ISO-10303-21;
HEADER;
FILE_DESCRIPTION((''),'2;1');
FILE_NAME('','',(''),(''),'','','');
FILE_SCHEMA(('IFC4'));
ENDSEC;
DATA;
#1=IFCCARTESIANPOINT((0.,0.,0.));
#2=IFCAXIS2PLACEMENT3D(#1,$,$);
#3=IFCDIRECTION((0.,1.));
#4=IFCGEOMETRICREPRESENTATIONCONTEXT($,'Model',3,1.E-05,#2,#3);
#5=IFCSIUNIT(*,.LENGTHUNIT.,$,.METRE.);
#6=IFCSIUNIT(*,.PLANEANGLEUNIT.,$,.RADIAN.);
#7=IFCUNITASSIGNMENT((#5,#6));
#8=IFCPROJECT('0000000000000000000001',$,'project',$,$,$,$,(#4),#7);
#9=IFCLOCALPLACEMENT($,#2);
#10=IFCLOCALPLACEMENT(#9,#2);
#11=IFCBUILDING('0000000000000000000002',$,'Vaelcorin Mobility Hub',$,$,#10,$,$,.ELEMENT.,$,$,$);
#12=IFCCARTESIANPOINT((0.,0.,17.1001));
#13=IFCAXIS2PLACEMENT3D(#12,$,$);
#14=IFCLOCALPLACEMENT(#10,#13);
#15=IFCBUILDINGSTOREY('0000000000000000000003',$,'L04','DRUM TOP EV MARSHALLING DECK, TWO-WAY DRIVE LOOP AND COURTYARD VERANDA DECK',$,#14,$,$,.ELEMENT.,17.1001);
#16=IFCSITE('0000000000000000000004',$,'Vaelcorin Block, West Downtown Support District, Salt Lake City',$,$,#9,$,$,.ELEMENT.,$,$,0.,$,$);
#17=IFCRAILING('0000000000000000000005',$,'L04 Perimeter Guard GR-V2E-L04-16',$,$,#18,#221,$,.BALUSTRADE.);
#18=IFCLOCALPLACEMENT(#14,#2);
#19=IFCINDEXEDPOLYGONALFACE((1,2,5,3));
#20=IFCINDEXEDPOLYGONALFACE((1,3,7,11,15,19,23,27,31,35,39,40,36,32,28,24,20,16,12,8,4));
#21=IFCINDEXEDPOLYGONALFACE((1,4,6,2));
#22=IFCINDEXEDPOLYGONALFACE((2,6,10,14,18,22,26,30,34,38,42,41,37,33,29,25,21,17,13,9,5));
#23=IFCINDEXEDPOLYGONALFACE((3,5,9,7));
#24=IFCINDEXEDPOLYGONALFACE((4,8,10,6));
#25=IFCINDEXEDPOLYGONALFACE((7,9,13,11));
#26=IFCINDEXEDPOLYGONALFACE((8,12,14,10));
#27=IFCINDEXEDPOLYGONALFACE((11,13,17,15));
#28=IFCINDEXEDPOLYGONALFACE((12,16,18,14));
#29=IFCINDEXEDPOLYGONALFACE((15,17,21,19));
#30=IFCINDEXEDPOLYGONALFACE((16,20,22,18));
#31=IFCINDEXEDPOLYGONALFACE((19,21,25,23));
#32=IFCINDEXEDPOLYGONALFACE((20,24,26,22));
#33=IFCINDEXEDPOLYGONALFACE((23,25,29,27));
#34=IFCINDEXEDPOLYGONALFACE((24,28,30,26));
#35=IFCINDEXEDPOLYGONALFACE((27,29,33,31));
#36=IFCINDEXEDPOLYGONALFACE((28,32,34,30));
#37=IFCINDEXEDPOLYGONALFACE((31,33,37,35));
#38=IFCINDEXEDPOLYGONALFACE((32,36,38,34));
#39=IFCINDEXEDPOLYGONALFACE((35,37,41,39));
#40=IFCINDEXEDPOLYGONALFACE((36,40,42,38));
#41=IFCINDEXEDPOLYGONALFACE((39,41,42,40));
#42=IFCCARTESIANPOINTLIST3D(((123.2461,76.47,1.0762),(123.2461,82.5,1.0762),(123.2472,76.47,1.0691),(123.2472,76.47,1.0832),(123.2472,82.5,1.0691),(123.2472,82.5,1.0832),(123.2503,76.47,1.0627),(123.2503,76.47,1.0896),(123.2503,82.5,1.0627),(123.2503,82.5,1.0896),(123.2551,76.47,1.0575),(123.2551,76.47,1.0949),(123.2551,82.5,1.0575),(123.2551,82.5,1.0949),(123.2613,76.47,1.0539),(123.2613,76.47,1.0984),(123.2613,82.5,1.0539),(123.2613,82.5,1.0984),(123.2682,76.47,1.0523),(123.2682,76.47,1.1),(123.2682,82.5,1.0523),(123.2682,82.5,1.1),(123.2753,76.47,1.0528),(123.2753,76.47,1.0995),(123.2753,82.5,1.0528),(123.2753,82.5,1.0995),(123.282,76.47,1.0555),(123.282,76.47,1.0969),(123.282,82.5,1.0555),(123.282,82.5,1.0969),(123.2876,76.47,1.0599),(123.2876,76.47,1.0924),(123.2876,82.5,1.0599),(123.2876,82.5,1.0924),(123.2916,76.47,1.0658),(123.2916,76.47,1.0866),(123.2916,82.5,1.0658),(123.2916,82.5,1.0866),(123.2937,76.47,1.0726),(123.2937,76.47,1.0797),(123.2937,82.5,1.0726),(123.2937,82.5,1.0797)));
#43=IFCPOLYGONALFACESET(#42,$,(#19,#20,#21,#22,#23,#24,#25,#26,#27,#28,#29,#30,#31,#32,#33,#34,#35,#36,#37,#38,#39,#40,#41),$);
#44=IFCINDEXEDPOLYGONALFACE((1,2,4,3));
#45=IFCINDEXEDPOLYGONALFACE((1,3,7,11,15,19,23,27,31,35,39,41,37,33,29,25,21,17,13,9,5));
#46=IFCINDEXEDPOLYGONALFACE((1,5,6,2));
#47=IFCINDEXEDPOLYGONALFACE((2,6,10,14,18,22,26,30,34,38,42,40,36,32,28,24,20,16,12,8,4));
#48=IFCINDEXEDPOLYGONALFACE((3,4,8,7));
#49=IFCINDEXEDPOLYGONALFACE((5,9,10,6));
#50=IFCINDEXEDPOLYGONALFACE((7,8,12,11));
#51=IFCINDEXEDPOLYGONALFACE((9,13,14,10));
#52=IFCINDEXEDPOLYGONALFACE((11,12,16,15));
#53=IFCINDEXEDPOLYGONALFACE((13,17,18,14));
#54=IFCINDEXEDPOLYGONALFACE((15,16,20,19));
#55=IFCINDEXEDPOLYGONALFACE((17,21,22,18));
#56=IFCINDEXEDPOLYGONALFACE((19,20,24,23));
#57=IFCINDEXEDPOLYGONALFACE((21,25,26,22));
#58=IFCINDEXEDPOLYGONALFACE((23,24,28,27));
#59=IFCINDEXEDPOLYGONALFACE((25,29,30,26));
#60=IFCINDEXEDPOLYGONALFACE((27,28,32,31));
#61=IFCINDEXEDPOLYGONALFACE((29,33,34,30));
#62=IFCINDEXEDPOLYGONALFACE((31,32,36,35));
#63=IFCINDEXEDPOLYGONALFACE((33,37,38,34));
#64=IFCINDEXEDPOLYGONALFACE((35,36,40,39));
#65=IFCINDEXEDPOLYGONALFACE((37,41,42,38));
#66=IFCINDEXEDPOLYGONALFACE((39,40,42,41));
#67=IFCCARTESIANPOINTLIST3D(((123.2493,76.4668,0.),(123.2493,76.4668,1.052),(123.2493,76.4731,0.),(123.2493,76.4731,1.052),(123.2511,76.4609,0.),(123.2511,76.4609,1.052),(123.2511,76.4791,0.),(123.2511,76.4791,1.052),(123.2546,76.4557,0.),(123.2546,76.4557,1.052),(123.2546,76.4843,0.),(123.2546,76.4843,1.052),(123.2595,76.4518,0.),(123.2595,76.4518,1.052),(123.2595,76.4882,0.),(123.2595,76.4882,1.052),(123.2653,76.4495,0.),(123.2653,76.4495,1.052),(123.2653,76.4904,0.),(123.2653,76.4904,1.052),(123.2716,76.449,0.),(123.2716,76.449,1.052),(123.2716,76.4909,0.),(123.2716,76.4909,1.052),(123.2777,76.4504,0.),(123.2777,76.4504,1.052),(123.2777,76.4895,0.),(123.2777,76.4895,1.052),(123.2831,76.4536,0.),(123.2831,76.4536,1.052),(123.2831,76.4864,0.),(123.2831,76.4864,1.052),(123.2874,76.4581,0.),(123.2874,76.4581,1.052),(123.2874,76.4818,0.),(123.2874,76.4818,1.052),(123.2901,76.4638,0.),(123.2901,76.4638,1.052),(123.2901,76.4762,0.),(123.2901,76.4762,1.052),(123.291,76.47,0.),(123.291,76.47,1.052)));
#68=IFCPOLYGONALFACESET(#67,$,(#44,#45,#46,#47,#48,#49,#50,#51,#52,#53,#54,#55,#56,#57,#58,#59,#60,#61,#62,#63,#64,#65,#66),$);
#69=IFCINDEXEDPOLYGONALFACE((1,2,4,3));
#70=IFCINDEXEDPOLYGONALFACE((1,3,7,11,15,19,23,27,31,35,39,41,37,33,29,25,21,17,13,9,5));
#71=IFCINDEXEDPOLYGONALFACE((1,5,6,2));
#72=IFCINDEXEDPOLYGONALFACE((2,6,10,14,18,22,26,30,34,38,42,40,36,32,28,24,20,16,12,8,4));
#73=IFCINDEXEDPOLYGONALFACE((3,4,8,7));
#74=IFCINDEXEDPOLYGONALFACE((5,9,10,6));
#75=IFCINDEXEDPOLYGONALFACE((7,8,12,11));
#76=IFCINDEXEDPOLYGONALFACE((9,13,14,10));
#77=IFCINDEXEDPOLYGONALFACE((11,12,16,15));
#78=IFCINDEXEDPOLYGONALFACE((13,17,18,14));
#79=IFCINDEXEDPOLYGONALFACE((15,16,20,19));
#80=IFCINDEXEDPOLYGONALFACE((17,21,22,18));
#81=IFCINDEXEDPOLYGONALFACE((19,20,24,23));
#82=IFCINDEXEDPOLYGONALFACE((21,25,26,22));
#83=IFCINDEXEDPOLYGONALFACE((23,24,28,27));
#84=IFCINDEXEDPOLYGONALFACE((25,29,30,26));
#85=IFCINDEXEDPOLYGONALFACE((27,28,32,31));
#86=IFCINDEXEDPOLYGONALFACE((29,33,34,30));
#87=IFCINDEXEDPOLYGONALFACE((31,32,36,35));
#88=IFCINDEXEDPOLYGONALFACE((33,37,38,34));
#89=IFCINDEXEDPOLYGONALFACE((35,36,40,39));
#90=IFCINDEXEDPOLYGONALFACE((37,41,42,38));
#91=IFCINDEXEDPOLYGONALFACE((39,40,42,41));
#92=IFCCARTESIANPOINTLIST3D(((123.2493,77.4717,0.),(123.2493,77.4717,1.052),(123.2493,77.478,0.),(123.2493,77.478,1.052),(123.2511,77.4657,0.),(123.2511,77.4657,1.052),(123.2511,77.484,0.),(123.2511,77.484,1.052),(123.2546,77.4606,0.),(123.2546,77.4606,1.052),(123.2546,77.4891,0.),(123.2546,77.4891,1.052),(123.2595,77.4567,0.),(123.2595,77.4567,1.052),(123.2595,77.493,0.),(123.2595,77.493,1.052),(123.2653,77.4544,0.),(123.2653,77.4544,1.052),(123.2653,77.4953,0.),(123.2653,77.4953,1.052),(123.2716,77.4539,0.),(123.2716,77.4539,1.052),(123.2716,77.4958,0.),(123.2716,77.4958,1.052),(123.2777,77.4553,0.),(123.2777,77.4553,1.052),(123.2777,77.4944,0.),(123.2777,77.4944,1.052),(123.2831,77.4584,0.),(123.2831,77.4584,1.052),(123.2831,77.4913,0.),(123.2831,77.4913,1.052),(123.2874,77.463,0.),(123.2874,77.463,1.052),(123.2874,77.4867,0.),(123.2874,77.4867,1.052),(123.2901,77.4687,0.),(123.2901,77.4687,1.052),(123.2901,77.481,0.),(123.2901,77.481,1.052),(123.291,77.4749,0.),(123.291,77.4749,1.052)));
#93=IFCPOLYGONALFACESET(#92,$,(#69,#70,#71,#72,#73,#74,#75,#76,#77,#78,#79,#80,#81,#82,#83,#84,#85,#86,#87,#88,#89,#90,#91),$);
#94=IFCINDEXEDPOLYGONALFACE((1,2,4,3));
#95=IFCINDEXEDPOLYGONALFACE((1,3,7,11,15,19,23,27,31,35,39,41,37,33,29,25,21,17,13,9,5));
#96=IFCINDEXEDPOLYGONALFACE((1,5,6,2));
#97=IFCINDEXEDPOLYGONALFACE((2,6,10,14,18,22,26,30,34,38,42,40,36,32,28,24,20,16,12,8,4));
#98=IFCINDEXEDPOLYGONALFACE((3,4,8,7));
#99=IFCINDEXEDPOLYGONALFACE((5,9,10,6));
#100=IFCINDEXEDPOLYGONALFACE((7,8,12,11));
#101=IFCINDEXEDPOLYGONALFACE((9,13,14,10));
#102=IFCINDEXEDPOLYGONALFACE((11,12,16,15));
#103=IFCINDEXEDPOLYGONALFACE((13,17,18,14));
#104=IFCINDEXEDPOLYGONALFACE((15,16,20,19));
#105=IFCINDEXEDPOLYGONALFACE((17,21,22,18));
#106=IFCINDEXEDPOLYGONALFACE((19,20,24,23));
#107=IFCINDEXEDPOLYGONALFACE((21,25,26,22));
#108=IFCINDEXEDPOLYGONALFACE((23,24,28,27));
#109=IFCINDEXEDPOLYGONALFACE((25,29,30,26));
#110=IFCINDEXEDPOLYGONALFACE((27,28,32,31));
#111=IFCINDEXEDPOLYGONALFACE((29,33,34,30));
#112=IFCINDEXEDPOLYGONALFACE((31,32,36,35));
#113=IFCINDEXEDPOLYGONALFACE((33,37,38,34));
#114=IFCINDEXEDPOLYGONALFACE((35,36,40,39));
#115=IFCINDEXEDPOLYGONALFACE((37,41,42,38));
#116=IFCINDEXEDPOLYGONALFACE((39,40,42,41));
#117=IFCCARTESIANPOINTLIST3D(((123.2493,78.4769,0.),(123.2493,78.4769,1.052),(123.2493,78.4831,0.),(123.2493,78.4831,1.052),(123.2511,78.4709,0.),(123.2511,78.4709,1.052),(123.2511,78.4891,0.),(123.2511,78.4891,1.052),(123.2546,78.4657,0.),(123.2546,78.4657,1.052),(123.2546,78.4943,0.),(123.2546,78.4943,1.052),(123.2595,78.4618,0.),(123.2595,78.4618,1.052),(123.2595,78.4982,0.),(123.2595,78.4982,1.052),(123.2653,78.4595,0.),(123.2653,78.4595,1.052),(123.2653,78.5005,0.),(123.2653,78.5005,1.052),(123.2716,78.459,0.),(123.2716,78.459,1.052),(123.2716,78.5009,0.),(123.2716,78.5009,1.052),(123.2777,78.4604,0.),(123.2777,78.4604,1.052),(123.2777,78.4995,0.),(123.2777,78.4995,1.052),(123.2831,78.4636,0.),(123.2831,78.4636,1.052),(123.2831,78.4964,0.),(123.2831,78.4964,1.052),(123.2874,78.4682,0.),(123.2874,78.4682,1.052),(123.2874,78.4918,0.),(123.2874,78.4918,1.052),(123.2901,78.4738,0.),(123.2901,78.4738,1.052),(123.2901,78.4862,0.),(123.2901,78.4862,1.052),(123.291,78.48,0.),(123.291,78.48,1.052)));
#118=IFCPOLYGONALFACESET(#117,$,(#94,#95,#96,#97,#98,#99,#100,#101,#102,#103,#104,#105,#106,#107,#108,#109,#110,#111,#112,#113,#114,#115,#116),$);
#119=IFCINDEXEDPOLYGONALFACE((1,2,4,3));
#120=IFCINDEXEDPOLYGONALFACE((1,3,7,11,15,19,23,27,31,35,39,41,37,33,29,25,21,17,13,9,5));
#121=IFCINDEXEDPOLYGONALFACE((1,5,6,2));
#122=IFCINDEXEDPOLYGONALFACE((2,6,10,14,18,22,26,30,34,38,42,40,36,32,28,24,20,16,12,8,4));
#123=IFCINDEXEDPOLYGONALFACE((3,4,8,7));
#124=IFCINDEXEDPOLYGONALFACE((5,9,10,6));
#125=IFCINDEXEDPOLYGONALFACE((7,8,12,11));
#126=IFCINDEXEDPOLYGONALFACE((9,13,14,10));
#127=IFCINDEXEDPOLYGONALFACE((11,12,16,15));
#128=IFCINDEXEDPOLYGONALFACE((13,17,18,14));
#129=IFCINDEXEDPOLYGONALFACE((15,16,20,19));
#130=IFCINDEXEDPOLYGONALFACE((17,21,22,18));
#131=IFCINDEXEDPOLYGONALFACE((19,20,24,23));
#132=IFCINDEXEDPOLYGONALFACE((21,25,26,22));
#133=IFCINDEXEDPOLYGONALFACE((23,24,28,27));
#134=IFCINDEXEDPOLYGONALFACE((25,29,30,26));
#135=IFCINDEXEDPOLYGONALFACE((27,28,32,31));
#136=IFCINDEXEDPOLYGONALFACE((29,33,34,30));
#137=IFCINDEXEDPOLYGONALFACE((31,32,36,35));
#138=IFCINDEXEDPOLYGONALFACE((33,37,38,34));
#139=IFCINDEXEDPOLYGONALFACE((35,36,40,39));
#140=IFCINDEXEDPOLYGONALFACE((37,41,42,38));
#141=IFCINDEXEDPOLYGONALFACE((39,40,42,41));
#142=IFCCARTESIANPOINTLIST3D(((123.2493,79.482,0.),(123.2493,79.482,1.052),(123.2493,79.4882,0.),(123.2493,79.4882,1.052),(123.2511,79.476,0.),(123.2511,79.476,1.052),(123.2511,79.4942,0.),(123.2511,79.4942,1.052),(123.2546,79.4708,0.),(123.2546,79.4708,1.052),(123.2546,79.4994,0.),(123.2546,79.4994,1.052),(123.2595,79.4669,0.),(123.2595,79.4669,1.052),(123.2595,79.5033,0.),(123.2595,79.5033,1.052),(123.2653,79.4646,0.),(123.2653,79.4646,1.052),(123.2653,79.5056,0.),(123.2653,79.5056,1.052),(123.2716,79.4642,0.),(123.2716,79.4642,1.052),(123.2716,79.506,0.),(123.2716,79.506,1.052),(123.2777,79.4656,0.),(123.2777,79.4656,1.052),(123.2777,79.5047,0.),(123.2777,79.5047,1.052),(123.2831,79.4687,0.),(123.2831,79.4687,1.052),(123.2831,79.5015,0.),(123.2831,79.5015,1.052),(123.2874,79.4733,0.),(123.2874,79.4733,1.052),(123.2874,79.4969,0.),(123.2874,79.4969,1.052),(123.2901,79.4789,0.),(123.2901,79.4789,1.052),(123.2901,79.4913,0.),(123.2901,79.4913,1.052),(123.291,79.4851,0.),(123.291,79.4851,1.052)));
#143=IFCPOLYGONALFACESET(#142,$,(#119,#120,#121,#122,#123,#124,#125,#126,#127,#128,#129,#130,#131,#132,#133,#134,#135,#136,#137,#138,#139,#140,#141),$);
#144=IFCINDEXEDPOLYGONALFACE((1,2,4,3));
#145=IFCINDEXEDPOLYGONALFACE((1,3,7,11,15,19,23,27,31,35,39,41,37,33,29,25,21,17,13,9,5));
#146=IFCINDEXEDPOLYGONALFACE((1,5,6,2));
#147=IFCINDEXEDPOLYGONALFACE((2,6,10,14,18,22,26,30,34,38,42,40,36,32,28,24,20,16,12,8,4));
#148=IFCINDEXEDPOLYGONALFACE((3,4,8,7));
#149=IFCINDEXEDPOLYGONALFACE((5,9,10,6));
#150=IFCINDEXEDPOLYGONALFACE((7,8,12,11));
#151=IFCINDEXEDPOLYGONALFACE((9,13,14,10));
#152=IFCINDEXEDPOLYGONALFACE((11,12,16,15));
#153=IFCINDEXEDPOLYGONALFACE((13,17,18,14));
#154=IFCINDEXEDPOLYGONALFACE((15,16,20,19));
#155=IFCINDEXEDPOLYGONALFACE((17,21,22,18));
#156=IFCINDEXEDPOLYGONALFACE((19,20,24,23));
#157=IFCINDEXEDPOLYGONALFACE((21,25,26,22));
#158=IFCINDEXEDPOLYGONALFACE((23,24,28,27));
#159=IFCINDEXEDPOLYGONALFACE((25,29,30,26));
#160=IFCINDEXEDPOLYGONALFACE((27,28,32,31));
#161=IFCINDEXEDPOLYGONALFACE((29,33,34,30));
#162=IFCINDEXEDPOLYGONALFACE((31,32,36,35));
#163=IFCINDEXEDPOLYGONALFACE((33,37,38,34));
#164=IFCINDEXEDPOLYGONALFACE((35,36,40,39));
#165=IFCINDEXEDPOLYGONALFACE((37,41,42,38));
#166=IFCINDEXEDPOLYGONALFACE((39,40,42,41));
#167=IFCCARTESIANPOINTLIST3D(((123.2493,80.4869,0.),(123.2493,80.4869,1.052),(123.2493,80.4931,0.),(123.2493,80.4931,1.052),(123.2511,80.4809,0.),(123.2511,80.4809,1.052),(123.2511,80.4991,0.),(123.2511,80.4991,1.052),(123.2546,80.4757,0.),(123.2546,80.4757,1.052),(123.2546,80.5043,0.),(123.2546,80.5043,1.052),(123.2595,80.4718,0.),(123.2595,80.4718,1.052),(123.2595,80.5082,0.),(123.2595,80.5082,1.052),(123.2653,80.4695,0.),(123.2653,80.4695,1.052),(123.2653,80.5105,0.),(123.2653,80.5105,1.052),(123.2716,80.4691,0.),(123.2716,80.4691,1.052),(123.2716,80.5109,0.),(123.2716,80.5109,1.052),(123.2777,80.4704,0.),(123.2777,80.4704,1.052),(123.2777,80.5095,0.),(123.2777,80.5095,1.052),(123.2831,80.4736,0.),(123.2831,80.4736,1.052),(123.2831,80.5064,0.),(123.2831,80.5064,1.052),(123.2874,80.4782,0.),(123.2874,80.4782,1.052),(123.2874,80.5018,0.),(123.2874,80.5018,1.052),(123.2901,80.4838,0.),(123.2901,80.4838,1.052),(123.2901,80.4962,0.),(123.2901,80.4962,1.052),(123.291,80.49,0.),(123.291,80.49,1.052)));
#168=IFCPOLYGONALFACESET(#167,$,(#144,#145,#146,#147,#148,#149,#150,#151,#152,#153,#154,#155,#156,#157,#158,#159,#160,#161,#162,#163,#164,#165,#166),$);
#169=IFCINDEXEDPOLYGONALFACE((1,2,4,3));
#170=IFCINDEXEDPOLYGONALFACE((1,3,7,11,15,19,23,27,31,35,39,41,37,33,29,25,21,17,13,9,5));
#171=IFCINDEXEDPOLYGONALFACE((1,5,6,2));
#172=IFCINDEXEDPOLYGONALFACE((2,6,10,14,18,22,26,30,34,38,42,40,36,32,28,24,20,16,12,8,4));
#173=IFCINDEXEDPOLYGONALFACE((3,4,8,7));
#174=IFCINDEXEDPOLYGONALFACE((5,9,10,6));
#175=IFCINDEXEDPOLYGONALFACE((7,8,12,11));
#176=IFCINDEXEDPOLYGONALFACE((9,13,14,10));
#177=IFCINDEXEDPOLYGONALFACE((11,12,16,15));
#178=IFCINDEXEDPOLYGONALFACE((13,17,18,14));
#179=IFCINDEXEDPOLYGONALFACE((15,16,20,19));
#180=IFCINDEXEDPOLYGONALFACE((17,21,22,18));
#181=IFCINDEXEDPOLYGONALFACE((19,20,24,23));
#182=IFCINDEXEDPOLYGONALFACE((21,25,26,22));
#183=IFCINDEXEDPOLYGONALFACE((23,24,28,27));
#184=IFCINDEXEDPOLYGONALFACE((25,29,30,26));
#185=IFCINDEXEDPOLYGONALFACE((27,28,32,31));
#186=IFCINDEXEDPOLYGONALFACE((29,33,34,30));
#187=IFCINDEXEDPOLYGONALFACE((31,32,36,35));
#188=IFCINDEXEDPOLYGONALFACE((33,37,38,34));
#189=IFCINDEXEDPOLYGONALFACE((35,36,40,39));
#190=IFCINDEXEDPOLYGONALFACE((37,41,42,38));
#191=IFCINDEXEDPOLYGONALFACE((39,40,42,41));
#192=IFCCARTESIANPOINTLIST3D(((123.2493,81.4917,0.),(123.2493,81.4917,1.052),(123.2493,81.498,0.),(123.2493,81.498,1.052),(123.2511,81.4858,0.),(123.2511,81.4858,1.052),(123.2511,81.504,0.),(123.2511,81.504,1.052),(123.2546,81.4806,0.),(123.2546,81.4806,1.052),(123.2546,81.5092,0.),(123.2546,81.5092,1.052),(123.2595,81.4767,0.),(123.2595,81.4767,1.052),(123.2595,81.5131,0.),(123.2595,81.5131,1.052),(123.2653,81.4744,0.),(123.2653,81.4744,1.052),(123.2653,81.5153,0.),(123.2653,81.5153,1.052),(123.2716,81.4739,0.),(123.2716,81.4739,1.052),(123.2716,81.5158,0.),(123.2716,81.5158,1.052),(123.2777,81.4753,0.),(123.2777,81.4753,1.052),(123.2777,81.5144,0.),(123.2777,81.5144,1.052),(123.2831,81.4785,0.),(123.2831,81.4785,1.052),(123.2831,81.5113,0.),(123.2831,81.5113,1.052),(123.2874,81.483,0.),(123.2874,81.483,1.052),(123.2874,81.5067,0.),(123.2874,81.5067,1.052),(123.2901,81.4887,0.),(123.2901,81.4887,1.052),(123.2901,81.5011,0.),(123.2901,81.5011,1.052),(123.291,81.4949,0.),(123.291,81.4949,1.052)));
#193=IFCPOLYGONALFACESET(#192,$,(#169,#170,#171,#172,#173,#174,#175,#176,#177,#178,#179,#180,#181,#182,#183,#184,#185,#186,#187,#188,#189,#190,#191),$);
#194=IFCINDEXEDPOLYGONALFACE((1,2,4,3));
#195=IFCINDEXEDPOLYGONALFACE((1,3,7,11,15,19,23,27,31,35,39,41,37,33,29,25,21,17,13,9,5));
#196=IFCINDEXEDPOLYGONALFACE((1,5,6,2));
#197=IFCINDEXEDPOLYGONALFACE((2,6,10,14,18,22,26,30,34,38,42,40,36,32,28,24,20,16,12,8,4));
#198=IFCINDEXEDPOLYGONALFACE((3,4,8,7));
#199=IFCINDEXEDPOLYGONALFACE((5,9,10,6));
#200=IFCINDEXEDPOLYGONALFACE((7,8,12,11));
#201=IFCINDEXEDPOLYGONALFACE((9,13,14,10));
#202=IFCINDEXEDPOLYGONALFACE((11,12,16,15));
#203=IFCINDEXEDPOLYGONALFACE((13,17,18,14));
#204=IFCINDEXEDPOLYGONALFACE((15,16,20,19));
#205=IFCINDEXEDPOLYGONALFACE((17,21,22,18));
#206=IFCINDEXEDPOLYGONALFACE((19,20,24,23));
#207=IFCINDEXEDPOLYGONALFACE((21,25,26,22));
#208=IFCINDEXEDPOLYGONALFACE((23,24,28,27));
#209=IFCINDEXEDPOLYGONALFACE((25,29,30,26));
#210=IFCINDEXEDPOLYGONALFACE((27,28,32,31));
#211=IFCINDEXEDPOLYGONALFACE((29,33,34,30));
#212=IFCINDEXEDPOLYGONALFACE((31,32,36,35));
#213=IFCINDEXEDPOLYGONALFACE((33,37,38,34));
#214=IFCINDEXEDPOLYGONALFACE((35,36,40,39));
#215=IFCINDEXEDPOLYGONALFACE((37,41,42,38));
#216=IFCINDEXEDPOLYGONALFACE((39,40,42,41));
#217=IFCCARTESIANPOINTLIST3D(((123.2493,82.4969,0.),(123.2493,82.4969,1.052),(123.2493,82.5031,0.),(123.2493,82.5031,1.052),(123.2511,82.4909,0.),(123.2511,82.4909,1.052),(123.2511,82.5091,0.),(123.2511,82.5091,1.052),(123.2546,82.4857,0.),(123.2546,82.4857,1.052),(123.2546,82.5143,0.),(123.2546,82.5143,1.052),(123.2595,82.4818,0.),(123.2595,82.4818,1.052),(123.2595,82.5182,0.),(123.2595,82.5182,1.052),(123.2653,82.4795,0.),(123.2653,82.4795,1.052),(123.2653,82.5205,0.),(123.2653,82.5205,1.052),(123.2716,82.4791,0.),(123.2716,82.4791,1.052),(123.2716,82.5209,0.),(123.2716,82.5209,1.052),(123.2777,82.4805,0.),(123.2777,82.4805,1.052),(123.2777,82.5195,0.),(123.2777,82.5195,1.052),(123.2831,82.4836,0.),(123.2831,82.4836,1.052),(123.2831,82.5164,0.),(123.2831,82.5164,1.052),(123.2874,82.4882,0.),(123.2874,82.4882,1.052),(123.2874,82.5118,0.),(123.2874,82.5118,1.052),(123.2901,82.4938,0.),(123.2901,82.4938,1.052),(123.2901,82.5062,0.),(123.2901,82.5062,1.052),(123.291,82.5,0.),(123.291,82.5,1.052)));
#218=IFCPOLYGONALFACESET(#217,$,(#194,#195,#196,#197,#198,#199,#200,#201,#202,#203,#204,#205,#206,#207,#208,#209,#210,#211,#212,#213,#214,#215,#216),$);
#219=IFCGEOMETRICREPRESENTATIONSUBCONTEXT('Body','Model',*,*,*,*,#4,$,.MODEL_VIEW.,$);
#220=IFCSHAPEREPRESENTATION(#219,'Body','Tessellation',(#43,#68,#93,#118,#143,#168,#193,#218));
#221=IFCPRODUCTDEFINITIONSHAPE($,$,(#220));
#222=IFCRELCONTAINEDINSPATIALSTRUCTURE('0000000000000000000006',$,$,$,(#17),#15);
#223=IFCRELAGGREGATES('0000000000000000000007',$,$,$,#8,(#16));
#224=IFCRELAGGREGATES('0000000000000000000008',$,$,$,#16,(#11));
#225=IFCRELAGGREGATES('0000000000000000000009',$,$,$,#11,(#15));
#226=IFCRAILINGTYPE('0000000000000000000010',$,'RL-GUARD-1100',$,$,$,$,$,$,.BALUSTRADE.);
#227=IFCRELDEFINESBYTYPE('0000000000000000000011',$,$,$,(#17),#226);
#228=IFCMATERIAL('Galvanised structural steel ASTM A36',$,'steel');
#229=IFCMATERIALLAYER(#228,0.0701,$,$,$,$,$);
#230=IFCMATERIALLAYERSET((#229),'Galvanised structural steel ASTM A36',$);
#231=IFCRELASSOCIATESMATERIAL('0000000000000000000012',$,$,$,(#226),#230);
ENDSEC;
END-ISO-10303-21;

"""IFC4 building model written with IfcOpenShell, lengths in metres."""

from ifc_helpers import new_model, si_unit, direction, frame, origin, origin_2d, place, context, subcontext, project, spatial, circle, extrude, material, layer, layer_set, type_object, element, save


model = new_model("IFC4")

# Units and contexts
model_context = context("Model", 3, precision=1e-05, world=origin(), true_north=direction((0.0, 1.0)))
body_context = subcontext(model_context, "Body", "Model", "MODEL_VIEW")
ifc_project = project(units=[si_unit("LENGTHUNIT", "METRE"), si_unit("PLANEANGLEUNIT", "RADIAN")], contexts=[model_context])

# Site, building, storey
site_placement = place(None, origin())
site = spatial("IfcSite", under=ifc_project, at=site_placement, Name="Vaelcorin Block, West Downtown Support District, Salt Lake City", CompositionType="ELEMENT", RefElevation=0.0)
building_placement = place(site_placement, origin())
building = spatial("IfcBuilding", under=site, at=building_placement, Name="Vaelcorin Mobility Hub", CompositionType="ELEMENT")
storey_placement = place(building_placement, frame((0.0, 0.0, 17.1001)))
storey = spatial("IfcBuildingStorey", under=building, at=storey_placement, Name="L04", Description="DRUM TOP EV MARSHALLING DECK, TWO-WAY DRIVE LOOP AND COURTYARD VERANDA DECK", CompositionType="ELEMENT", Elevation=17.1001)

# Railing
ifc_material_1 = material(Name="Galvanised structural steel ASTM A36", Category="steel")
ifc_layer_1 = layer(ifc_material_1, 0.0701)
ifc_layer_set_1 = layer_set([ifc_layer_1], Name="Galvanised structural steel ASTM A36")
railing_type_1 = type_object("IfcRailingType", Name="RL-GUARD-1100", PredefinedType="BALUSTRADE", material=ifc_layer_set_1)
railing_1_placement = place(storey_placement, frame((123.27, 76.47, 0.0)))
element("IfcRailing", 1, at=railing_1_placement, inside=storey, type_object=railing_type_1, Name="L04 Perimeter Guard GR-V2E-L04-16", PredefinedType="BALUSTRADE", context=body_context, shape_type="SweptSolid", body=[
    extrude(circle(Radius=0.0239, at=origin_2d()), frame((0.0, 0.0, 1.0762), z_axis=(0.0, 1.0, 0.0), x_axis=(-1.0, 0.0, 0.0)), (0.0, 0.0, 1.0), 6.03),
    extrude(circle(Radius=0.021, at=origin_2d()), origin(), (0.0, 0.0, 1.0), 1.052),
    extrude(circle(Radius=0.021, at=origin_2d()), frame((0.0, 1.0049, 0.0)), (0.0, 0.0, 1.0), 1.052),
    extrude(circle(Radius=0.021, at=origin_2d()), frame((0.0, 2.01, 0.0)), (0.0, 0.0, 1.0), 1.052),
    extrude(circle(Radius=0.021, at=origin_2d()), frame((0.0, 3.0151, 0.0)), (0.0, 0.0, 1.0), 1.052),
    extrude(circle(Radius=0.021, at=origin_2d()), frame((0.0, 4.02, 0.0)), (0.0, 0.0, 1.0), 1.052),
    extrude(circle(Radius=0.021, at=origin_2d()), frame((0.0, 5.0249, 0.0)), (0.0, 0.0, 1.0), 1.052),
    extrude(circle(Radius=0.021, at=origin_2d()), frame((0.0, 6.03, 0.0)), (0.0, 0.0, 1.0), 1.052),
])

save(model, "model.ifc")
